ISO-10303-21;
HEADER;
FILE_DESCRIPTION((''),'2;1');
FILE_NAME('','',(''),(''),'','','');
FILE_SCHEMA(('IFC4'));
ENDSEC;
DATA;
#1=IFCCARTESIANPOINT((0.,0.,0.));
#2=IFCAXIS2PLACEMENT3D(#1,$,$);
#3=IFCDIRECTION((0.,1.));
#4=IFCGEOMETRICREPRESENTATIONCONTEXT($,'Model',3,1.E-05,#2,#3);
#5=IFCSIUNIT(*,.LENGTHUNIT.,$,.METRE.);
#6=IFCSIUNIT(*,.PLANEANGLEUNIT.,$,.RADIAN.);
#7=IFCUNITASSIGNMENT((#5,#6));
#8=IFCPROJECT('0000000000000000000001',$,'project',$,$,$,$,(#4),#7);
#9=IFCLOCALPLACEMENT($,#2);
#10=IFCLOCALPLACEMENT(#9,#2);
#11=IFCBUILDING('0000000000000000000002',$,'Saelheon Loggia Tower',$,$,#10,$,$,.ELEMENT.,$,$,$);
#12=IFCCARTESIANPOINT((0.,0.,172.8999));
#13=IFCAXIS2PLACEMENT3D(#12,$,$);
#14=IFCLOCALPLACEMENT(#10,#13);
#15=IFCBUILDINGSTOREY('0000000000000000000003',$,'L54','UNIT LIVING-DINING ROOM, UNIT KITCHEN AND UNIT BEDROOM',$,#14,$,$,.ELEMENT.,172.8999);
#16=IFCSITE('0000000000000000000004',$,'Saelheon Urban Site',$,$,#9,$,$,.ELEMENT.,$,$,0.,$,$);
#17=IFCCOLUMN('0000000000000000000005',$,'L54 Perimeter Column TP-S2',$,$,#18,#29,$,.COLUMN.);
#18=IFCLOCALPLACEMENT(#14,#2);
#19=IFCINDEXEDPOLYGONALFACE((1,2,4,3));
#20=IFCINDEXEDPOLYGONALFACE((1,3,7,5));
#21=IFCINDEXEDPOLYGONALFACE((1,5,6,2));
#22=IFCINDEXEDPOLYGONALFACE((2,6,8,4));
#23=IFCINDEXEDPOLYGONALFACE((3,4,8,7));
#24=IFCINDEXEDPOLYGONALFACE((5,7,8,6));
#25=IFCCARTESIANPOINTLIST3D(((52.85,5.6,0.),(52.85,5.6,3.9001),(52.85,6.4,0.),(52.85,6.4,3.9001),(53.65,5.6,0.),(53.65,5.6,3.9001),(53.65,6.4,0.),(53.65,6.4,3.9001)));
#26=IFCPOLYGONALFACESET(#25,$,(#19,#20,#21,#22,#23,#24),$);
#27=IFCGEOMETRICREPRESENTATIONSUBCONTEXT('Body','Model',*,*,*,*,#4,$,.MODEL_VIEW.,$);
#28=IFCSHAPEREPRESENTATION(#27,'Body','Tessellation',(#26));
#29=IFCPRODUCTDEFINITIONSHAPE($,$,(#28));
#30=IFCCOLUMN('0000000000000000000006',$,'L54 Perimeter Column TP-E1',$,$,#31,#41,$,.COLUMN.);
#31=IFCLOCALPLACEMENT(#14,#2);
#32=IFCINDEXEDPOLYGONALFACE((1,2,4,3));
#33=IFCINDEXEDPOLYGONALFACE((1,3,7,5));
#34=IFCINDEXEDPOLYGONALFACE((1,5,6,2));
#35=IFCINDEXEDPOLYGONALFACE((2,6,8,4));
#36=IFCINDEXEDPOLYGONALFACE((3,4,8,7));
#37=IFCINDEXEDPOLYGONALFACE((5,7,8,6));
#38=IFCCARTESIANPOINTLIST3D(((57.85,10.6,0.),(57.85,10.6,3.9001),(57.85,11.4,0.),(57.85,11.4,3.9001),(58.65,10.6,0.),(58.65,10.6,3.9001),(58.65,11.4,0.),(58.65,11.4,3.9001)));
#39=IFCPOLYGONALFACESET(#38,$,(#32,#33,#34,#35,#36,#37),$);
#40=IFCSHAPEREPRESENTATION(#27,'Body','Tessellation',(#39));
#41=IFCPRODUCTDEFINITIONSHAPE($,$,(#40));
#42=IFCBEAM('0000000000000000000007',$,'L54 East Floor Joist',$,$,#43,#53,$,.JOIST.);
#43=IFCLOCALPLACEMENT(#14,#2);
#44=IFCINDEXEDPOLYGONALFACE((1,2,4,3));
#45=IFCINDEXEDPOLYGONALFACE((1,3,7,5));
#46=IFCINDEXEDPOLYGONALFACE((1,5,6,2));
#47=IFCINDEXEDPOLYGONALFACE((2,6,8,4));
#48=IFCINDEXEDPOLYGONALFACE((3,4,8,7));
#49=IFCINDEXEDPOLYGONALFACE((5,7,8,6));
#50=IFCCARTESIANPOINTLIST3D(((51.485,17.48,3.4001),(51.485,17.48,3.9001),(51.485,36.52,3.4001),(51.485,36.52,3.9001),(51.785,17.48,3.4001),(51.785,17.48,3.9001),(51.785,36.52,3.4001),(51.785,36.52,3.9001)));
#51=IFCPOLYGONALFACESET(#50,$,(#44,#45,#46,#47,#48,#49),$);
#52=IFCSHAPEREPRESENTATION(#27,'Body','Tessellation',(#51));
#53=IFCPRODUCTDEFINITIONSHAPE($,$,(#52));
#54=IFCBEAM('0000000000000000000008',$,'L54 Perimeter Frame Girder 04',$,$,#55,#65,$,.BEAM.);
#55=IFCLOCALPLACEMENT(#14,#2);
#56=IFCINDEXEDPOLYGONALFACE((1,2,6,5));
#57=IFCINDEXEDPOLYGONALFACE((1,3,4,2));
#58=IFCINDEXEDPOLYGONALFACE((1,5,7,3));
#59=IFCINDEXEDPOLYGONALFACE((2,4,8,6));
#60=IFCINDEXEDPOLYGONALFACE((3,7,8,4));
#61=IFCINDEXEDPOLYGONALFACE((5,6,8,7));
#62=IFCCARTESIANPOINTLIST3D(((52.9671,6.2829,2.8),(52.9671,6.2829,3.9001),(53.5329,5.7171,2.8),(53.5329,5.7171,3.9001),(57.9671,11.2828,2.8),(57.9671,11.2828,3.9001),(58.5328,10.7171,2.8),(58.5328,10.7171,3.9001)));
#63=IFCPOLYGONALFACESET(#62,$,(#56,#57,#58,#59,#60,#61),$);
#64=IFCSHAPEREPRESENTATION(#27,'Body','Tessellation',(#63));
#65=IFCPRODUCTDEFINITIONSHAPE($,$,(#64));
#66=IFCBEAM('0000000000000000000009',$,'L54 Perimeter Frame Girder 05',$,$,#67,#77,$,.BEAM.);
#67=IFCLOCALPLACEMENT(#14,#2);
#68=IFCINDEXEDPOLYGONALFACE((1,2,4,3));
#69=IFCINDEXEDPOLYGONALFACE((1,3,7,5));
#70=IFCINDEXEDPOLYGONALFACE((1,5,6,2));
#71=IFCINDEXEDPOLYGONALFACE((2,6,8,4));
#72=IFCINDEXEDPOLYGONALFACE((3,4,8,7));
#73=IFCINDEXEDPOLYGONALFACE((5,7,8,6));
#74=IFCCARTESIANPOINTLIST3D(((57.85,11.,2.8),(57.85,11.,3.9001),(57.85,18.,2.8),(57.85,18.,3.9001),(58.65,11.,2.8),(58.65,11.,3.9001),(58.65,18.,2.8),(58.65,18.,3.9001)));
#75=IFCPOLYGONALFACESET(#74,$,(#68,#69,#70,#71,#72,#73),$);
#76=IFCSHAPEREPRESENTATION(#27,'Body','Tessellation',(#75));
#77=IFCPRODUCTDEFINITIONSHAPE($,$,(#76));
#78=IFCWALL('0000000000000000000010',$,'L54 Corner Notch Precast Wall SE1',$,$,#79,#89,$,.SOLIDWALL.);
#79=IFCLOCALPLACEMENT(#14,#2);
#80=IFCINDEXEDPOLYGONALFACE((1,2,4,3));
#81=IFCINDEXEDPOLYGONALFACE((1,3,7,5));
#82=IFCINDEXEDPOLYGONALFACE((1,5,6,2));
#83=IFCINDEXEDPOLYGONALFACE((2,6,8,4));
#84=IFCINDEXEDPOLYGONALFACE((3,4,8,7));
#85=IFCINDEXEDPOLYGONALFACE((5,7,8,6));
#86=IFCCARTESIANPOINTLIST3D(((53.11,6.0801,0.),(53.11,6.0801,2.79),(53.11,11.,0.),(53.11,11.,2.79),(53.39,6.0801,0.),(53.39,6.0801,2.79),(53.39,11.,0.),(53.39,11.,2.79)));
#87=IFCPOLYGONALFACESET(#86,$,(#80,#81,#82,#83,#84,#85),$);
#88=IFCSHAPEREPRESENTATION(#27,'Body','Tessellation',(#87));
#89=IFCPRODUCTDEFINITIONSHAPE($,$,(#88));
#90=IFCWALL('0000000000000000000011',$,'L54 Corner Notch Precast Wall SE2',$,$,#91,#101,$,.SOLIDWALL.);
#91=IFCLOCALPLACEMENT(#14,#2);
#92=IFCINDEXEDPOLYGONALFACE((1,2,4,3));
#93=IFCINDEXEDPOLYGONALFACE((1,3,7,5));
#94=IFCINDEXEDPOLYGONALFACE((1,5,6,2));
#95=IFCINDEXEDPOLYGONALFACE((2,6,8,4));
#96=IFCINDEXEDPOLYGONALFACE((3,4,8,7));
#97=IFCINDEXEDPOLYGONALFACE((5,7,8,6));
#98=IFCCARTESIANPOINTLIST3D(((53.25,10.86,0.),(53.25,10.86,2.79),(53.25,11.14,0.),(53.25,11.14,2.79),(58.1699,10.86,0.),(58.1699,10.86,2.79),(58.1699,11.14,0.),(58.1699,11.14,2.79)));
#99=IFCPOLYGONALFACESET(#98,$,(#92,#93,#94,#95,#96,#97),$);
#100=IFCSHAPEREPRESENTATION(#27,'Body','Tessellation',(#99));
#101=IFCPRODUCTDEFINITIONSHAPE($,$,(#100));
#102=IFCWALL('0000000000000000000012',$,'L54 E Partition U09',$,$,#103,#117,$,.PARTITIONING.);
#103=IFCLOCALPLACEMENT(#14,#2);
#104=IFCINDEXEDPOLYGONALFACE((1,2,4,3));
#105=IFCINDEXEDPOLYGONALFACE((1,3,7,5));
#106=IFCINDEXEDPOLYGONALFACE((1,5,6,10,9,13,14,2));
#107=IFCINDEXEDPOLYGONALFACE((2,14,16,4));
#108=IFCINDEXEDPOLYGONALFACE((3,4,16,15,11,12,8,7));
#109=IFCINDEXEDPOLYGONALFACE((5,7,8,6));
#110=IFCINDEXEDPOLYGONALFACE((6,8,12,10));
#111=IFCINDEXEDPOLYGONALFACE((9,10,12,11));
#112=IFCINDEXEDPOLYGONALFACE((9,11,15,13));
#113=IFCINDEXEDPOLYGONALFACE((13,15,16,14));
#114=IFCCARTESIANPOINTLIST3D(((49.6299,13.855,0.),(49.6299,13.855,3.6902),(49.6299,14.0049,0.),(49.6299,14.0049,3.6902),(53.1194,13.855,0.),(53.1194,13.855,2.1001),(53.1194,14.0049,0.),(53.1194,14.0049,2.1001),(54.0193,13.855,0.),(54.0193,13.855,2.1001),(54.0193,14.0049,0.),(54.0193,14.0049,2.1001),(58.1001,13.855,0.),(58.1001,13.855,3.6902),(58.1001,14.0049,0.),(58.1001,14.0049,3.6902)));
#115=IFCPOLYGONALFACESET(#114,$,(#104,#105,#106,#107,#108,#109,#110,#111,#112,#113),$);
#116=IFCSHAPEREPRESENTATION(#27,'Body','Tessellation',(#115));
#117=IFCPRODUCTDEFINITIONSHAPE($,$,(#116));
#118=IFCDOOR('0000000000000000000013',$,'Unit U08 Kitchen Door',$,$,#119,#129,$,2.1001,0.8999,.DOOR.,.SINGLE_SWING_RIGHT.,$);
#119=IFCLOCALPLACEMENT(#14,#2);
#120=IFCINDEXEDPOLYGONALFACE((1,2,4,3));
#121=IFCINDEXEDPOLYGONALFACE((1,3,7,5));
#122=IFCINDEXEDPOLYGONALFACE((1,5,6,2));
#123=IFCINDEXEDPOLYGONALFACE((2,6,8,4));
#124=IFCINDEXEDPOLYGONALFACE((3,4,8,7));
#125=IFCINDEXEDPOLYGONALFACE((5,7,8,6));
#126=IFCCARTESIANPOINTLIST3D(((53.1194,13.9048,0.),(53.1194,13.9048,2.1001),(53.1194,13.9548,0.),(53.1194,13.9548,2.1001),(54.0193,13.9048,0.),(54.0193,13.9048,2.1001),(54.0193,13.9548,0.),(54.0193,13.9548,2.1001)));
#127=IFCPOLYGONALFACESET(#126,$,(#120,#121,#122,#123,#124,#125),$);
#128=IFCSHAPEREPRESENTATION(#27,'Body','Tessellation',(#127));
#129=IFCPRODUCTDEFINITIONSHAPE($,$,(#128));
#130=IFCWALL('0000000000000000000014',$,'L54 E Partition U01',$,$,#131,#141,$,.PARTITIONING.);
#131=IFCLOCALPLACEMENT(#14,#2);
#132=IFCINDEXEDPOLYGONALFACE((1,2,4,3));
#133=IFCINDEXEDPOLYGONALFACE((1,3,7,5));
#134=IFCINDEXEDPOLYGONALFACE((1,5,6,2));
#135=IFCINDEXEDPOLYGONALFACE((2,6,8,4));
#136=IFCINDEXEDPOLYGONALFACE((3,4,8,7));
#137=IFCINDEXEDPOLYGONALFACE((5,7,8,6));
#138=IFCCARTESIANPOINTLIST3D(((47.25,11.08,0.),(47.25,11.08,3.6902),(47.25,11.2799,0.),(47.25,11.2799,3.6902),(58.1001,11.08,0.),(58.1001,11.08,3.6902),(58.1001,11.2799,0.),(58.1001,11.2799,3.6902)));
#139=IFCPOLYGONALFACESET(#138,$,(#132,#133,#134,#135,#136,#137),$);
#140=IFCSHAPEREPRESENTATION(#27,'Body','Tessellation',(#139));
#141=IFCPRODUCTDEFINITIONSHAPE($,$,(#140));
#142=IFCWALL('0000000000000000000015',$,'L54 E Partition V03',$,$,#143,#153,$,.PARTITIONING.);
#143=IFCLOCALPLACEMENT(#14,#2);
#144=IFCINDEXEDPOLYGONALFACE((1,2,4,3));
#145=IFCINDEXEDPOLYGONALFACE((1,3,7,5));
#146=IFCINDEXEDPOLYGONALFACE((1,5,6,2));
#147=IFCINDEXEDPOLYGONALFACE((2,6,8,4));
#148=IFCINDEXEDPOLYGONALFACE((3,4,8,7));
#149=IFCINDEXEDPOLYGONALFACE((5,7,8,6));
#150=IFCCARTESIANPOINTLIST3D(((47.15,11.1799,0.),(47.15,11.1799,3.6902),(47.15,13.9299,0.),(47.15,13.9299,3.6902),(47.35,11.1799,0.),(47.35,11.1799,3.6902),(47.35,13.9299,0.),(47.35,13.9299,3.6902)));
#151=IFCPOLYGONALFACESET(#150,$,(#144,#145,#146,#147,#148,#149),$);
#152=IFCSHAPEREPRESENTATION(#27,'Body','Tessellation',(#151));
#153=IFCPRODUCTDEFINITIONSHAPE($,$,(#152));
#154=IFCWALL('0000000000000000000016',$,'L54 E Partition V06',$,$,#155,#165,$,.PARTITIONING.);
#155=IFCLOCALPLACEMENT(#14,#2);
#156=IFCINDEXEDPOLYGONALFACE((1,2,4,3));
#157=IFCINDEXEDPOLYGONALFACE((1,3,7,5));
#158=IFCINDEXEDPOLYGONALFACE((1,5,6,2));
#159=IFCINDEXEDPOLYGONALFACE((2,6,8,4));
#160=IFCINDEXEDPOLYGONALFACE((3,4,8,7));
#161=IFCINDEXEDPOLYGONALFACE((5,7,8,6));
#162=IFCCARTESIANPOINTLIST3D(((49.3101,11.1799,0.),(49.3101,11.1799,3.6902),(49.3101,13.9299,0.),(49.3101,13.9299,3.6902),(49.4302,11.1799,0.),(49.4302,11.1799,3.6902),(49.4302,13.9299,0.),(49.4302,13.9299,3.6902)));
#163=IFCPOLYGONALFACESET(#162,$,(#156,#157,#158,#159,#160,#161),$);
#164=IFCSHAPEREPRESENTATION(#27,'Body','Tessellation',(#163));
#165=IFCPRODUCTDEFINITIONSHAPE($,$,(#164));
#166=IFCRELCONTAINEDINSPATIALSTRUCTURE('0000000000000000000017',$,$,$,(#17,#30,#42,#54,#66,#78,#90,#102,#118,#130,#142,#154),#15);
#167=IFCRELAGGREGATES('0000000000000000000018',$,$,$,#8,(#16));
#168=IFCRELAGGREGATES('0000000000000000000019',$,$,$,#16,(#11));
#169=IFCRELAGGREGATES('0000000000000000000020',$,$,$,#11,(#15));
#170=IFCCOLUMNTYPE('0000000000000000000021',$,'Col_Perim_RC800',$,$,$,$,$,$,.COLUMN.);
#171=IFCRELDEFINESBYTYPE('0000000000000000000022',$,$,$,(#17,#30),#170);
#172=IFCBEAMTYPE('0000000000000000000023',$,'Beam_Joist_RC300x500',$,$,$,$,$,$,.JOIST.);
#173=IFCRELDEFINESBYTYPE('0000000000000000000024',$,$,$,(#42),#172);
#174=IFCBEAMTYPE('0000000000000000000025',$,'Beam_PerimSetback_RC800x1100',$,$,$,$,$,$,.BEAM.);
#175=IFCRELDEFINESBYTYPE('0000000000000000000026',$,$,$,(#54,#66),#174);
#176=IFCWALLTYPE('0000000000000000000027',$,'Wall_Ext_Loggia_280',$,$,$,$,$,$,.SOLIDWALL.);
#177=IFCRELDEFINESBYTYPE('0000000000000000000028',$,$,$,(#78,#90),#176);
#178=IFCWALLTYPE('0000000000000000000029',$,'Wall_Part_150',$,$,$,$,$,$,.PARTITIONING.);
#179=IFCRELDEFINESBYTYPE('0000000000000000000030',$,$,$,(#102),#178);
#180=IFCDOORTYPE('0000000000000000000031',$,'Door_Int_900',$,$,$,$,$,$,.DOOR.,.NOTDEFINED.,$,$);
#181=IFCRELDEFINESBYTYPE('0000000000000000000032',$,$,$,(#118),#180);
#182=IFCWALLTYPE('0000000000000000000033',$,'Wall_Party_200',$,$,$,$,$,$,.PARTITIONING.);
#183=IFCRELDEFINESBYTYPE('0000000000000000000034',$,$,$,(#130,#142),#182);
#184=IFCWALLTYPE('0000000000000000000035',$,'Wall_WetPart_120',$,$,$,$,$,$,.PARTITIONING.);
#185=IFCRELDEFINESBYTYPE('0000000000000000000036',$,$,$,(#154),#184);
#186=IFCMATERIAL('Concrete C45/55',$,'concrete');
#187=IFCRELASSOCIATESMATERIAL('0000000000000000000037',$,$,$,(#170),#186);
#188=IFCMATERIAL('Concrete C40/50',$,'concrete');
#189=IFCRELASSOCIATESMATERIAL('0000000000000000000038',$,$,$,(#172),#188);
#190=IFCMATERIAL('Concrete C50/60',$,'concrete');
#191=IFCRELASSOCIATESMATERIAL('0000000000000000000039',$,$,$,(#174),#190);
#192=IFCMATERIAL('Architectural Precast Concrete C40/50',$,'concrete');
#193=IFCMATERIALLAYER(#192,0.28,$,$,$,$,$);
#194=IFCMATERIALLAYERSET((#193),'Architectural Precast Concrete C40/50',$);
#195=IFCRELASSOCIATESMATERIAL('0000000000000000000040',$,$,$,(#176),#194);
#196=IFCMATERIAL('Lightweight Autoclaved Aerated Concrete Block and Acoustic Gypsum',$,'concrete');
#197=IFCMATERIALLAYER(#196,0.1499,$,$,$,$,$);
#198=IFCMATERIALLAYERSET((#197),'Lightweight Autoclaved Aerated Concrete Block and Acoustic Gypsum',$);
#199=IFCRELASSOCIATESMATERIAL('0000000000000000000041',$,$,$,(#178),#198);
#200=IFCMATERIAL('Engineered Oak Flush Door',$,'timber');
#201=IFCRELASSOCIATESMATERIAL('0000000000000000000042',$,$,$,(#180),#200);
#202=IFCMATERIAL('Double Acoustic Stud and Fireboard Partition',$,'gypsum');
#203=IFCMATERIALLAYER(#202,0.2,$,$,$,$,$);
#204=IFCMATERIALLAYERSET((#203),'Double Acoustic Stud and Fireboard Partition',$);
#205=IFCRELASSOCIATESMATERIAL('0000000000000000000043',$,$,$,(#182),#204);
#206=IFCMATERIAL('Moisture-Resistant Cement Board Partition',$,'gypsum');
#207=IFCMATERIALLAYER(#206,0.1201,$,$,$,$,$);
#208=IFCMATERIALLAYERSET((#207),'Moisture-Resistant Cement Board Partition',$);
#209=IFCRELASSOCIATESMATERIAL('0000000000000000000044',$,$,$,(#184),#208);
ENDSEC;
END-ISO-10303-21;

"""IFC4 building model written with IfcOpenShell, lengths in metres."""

from ifc_helpers import new_model, si_unit, direction, frame, frame_2d, origin, origin_2d, place, context, subcontext, project, spatial, rectangle, extrude, source, transform, mapped, material, layer, layer_set, material_profile, profile_set, type_object, element, fill, save


model = new_model("IFC4")

# Units and contexts
model_context = context("Model", 3, precision=1e-05, world=origin(), true_north=direction((0.0, 1.0)))
body_context = subcontext(model_context, "Body", "Model", "MODEL_VIEW")
ifc_project = project(units=[si_unit("LENGTHUNIT", "METRE"), si_unit("PLANEANGLEUNIT", "RADIAN")], contexts=[model_context])

# Site, building, storey
site_placement = place(None, origin())
site = spatial("IfcSite", under=ifc_project, at=site_placement, Name="Saelheon Urban Site", CompositionType="ELEMENT", RefElevation=0.0)
building_placement = place(site_placement, origin())
building = spatial("IfcBuilding", under=site, at=building_placement, Name="Saelheon Loggia Tower", CompositionType="ELEMENT")
storey_placement = place(building_placement, frame((0.0, 0.0, 172.8999)))
storey = spatial("IfcBuildingStorey", under=building, at=storey_placement, Name="L54", Description="UNIT LIVING-DINING ROOM, UNIT KITCHEN AND UNIT BEDROOM", CompositionType="ELEMENT", Elevation=172.8999)

# Columns
ifc_material_1 = material(Name="Concrete C45/55", Category="concrete")
ifc_material_profile_1 = material_profile(ifc_material_1, rectangle(XDim=0.8, YDim=0.8, at=origin_2d()), Name="RC-800x800")
ifc_profile_set_1 = profile_set([ifc_material_profile_1], Name="Concrete C45/55")
column_type = type_object("IfcColumnType", Name="Col_Perim_RC800", PredefinedType="COLUMN", material=ifc_profile_set_1)
shared_shape_1 = source(origin(), body_context, "Body", "SweptSolid", [
    extrude(rectangle(XDim=0.8, YDim=0.8, at=origin_2d()), origin(), (0.0, 0.0, 1.0), 3.9001),
])
for number, where, z_axis, x_axis, name in (
    (1, (53.25, 6.0, 0.0), (0.0, 0.0, 1.0), (1.0, 0.0, 0.0), "L54 Perimeter Column TP-S2"),
    (2, (58.25, 11.0, 0.0), (0.0, 0.0, 1.0), (1.0, 0.0, 0.0), "L54 Perimeter Column TP-E1"),
):
    element("IfcColumn", number, at=place(storey_placement, frame(where, z_axis=z_axis, x_axis=x_axis)), inside=storey, type_object=column_type, Name=name, PredefinedType="COLUMN", context=body_context, shape_type="MappedRepresentation", body=[
        mapped(shared_shape_1, transform((0.0, 0.0, 0.0), scale=1.0)),
    ])

# Beams
ifc_material_2 = material(Name="Concrete C40/50", Category="concrete")
ifc_material_profile_2 = material_profile(ifc_material_2, rectangle(XDim=0.3, YDim=0.5, at=origin_2d()), Name="RC-300x500")
ifc_profile_set_2 = profile_set([ifc_material_profile_2], Name="Concrete C40/50")
beam_type_1 = type_object("IfcBeamType", Name="Beam_Joist_RC300x500", PredefinedType="JOIST", material=ifc_profile_set_2)
shared_shape_2 = source(origin(), body_context, "Body", "SweptSolid", [
    extrude(rectangle(XDim=0.3, YDim=0.5, at=origin_2d()), origin(), (0.0, 0.0, 1.0), 19.04),
])
beam_1_placement = place(storey_placement, frame((51.635, 17.48, 3.6501), z_axis=(0.0, 1.0, 0.0), x_axis=(-1.0, 0.0, 0.0)))
element("IfcBeam", 3, at=beam_1_placement, inside=storey, type_object=beam_type_1, Name="L54 East Floor Joist", PredefinedType="JOIST", context=body_context, shape_type="MappedRepresentation", body=[
    mapped(shared_shape_2, transform((0.0, 0.0, 0.0), scale=1.0)),
])
ifc_material_3 = material(Name="Concrete C50/60", Category="concrete")
ifc_material_profile_3 = material_profile(ifc_material_3, rectangle(XDim=0.8, YDim=1.1001, at=origin_2d()), Name="RC-800x1100")
ifc_profile_set_3 = profile_set([ifc_material_profile_3], Name="Concrete C50/60")
beam_type_2 = type_object("IfcBeamType", Name="Beam_PerimSetback_RC800x1100", PredefinedType="BEAM", material=ifc_profile_set_3)
shared_shape_3 = source(origin(), body_context, "Body", "SweptSolid", [
    extrude(rectangle(XDim=0.8, YDim=1.1001, at=origin_2d()), origin(), (0.0, 0.0, 1.0), 7.071),
])
beam_2_placement = place(storey_placement, frame((53.25, 6.0, 3.3501), z_axis=(0.707107, 0.707107, 0.0), x_axis=(-0.707107, 0.707107, 0.0)))
element("IfcBeam", 4, at=beam_2_placement, inside=storey, type_object=beam_type_2, Name="L54 Perimeter Frame Girder 04", PredefinedType="BEAM", context=body_context, shape_type="MappedRepresentation", body=[
    mapped(shared_shape_3, transform((0.0, 0.0, 0.0), scale=1.0)),
])
shared_shape_4 = source(origin(), body_context, "Body", "SweptSolid", [
    extrude(rectangle(XDim=0.8, YDim=1.1001, at=origin_2d()), origin(), (0.0, 0.0, 1.0), 7.0),
])
beam_3_placement = place(storey_placement, frame((58.25, 11.0, 3.3501), z_axis=(0.0, 1.0, 0.0), x_axis=(-1.0, 0.0, 0.0)))
element("IfcBeam", 5, at=beam_3_placement, inside=storey, type_object=beam_type_2, Name="L54 Perimeter Frame Girder 05", PredefinedType="BEAM", context=body_context, shape_type="MappedRepresentation", body=[
    mapped(shared_shape_4, transform((0.0, 0.0, 0.0), scale=1.0)),
])

# Shared definitions
ifc_material_4 = material(Name="Architectural Precast Concrete C40/50", Category="concrete")
ifc_layer_1 = layer(ifc_material_4, 0.28)
ifc_layer_set_1 = layer_set([ifc_layer_1], Name="Architectural Precast Concrete C40/50")
wall_type_1 = type_object("IfcWallType", Name="Wall_Ext_Loggia_280", PredefinedType="SOLIDWALL", material=ifc_layer_set_1)

# Walls
for number, where, z_axis, x_axis, name in (
    (6, (53.25, 6.0801, 0.0), (0.0, 0.0, 1.0), (0.0, 1.0, 0.0), "L54 Corner Notch Precast Wall SE1"),
    (7, (53.25, 11.0, 0.0), (0.0, 0.0, 1.0), (1.0, 0.0, 0.0), "L54 Corner Notch Precast Wall SE2"),
):
    element("IfcWall", number, at=place(storey_placement, frame(where, z_axis=z_axis, x_axis=x_axis)), inside=storey, type_object=wall_type_1, Name=name, PredefinedType="SOLIDWALL", context=body_context, shape_type="SweptSolid", body=[
        extrude(rectangle(XDim=4.9199, YDim=0.28, at=frame_2d((2.46, 0.0))), origin(), (0.0, 0.0, 1.0), 2.79),
    ])

# Wall, opening, door
ifc_material_5 = material(Name="Lightweight Autoclaved Aerated Concrete Block and Acoustic Gypsum", Category="concrete")
ifc_layer_2 = layer(ifc_material_5, 0.1499)
ifc_layer_set_2 = layer_set([ifc_layer_2], Name="Lightweight Autoclaved Aerated Concrete Block and Acoustic Gypsum")
wall_type_2 = type_object("IfcWallType", Name="Wall_Part_150", PredefinedType="PARTITIONING", material=ifc_layer_set_2)
wall_1_placement = place(storey_placement, frame((49.6299, 13.9299, 0.0), z_axis=(0.0, 0.0, 1.0), x_axis=(1.0, 0.0, 0.0)))
wall_1 = element("IfcWall", 8, at=wall_1_placement, inside=storey, type_object=wall_type_2, Name="L54 E Partition U09", PredefinedType="PARTITIONING", context=body_context, shape_type="SweptSolid", body=[
    extrude(rectangle(XDim=8.4702, YDim=0.1499, at=frame_2d((4.2351, 0.0))), origin(), (0.0, 0.0, 1.0), 3.6902),
])
opening_1_placement = place(wall_1_placement, frame((3.4895, 0.0, 0.0)))
opening_1 = element("IfcOpeningElement", 9, at=opening_1_placement, cuts=wall_1, PredefinedType="OPENING", context=body_context, shape_type="SweptSolid", body=[
    extrude(rectangle(XDim=0.8999, YDim=2.1001, at=frame_2d((0.45, 1.05))), frame((0.0, 0.0869, 0.0), z_axis=(0.0, -1.0, 0.0), x_axis=(1.0, 0.0, 0.0)), (0.0, 0.0, 1.0), 0.1738),
])
ifc_material_6 = material(Name="Engineered Oak Flush Door", Category="timber")
door_type_1 = type_object("IfcDoorType", Name="Door_Int_900", OperationType="NOTDEFINED", PredefinedType="DOOR", material=ifc_material_6)
shared_shape_5 = source(origin(), body_context, "Body", "SweptSolid", [
    extrude(rectangle(XDim=0.8999, YDim=2.1001, at=frame_2d((0.45, 1.05))), frame((0.0, 0.0249, 0.0), z_axis=(0.0, -1.0, 0.0), x_axis=(1.0, 0.0, 0.0)), (0.0, 0.0, 1.0), 0.05),
])
door_1_placement = place(opening_1_placement, origin())
door_1 = element("IfcDoor", 10, at=door_1_placement, inside=storey, type_object=door_type_1, Name="Unit U08 Kitchen Door", OperationType="SINGLE_SWING_RIGHT", OverallHeight=2.1001, OverallWidth=0.8999, PredefinedType="DOOR", context=body_context, shape_type="MappedRepresentation", body=[
    mapped(shared_shape_5, transform((0.0, 0.0, 0.0), scale=1.0)),
])
fill(opening_1, door_1)

# Walls
ifc_material_7 = material(Name="Double Acoustic Stud and Fireboard Partition", Category="gypsum")
ifc_layer_3 = layer(ifc_material_7, 0.2)
ifc_layer_set_3 = layer_set([ifc_layer_3], Name="Double Acoustic Stud and Fireboard Partition")
wall_type_3 = type_object("IfcWallType", Name="Wall_Party_200", PredefinedType="PARTITIONING", material=ifc_layer_set_3)
wall_2_placement = place(storey_placement, frame((47.25, 11.1799, 0.0), z_axis=(0.0, 0.0, 1.0), x_axis=(1.0, 0.0, 0.0)))
element("IfcWall", 11, at=wall_2_placement, inside=storey, type_object=wall_type_3, Name="L54 E Partition U01", PredefinedType="PARTITIONING", context=body_context, shape_type="SweptSolid", body=[
    extrude(rectangle(XDim=10.8501, YDim=0.2, at=frame_2d((5.425, 0.0))), origin(), (0.0, 0.0, 1.0), 3.6902),
])
wall_3_placement = place(storey_placement, frame((47.25, 11.1799, 0.0), z_axis=(0.0, 0.0, 1.0), x_axis=(0.0, 1.0, 0.0)))
element("IfcWall", 12, at=wall_3_placement, inside=storey, type_object=wall_type_3, Name="L54 E Partition V03", PredefinedType="PARTITIONING", context=body_context, shape_type="SweptSolid", body=[
    extrude(rectangle(XDim=2.75, YDim=0.2, at=frame_2d((1.375, 0.0))), origin(), (0.0, 0.0, 1.0), 3.6902),
])

# Wall
ifc_material_8 = material(Name="Moisture-Resistant Cement Board Partition", Category="gypsum")
ifc_layer_4 = layer(ifc_material_8, 0.1201)
ifc_layer_set_4 = layer_set([ifc_layer_4], Name="Moisture-Resistant Cement Board Partition")
wall_type_4 = type_object("IfcWallType", Name="Wall_WetPart_120", PredefinedType="PARTITIONING", material=ifc_layer_set_4)
wall_4_placement = place(storey_placement, frame((49.3701, 11.1799, 0.0), z_axis=(0.0, 0.0, 1.0), x_axis=(0.0, 1.0, 0.0)))
element("IfcWall", 13, at=wall_4_placement, inside=storey, type_object=wall_type_4, Name="L54 E Partition V06", PredefinedType="PARTITIONING", context=body_context, shape_type="SweptSolid", body=[
    extrude(rectangle(XDim=2.75, YDim=0.1201, at=frame_2d((1.375, 0.0))), origin(), (0.0, 0.0, 1.0), 3.6902),
])

save(model, "model.ifc")
